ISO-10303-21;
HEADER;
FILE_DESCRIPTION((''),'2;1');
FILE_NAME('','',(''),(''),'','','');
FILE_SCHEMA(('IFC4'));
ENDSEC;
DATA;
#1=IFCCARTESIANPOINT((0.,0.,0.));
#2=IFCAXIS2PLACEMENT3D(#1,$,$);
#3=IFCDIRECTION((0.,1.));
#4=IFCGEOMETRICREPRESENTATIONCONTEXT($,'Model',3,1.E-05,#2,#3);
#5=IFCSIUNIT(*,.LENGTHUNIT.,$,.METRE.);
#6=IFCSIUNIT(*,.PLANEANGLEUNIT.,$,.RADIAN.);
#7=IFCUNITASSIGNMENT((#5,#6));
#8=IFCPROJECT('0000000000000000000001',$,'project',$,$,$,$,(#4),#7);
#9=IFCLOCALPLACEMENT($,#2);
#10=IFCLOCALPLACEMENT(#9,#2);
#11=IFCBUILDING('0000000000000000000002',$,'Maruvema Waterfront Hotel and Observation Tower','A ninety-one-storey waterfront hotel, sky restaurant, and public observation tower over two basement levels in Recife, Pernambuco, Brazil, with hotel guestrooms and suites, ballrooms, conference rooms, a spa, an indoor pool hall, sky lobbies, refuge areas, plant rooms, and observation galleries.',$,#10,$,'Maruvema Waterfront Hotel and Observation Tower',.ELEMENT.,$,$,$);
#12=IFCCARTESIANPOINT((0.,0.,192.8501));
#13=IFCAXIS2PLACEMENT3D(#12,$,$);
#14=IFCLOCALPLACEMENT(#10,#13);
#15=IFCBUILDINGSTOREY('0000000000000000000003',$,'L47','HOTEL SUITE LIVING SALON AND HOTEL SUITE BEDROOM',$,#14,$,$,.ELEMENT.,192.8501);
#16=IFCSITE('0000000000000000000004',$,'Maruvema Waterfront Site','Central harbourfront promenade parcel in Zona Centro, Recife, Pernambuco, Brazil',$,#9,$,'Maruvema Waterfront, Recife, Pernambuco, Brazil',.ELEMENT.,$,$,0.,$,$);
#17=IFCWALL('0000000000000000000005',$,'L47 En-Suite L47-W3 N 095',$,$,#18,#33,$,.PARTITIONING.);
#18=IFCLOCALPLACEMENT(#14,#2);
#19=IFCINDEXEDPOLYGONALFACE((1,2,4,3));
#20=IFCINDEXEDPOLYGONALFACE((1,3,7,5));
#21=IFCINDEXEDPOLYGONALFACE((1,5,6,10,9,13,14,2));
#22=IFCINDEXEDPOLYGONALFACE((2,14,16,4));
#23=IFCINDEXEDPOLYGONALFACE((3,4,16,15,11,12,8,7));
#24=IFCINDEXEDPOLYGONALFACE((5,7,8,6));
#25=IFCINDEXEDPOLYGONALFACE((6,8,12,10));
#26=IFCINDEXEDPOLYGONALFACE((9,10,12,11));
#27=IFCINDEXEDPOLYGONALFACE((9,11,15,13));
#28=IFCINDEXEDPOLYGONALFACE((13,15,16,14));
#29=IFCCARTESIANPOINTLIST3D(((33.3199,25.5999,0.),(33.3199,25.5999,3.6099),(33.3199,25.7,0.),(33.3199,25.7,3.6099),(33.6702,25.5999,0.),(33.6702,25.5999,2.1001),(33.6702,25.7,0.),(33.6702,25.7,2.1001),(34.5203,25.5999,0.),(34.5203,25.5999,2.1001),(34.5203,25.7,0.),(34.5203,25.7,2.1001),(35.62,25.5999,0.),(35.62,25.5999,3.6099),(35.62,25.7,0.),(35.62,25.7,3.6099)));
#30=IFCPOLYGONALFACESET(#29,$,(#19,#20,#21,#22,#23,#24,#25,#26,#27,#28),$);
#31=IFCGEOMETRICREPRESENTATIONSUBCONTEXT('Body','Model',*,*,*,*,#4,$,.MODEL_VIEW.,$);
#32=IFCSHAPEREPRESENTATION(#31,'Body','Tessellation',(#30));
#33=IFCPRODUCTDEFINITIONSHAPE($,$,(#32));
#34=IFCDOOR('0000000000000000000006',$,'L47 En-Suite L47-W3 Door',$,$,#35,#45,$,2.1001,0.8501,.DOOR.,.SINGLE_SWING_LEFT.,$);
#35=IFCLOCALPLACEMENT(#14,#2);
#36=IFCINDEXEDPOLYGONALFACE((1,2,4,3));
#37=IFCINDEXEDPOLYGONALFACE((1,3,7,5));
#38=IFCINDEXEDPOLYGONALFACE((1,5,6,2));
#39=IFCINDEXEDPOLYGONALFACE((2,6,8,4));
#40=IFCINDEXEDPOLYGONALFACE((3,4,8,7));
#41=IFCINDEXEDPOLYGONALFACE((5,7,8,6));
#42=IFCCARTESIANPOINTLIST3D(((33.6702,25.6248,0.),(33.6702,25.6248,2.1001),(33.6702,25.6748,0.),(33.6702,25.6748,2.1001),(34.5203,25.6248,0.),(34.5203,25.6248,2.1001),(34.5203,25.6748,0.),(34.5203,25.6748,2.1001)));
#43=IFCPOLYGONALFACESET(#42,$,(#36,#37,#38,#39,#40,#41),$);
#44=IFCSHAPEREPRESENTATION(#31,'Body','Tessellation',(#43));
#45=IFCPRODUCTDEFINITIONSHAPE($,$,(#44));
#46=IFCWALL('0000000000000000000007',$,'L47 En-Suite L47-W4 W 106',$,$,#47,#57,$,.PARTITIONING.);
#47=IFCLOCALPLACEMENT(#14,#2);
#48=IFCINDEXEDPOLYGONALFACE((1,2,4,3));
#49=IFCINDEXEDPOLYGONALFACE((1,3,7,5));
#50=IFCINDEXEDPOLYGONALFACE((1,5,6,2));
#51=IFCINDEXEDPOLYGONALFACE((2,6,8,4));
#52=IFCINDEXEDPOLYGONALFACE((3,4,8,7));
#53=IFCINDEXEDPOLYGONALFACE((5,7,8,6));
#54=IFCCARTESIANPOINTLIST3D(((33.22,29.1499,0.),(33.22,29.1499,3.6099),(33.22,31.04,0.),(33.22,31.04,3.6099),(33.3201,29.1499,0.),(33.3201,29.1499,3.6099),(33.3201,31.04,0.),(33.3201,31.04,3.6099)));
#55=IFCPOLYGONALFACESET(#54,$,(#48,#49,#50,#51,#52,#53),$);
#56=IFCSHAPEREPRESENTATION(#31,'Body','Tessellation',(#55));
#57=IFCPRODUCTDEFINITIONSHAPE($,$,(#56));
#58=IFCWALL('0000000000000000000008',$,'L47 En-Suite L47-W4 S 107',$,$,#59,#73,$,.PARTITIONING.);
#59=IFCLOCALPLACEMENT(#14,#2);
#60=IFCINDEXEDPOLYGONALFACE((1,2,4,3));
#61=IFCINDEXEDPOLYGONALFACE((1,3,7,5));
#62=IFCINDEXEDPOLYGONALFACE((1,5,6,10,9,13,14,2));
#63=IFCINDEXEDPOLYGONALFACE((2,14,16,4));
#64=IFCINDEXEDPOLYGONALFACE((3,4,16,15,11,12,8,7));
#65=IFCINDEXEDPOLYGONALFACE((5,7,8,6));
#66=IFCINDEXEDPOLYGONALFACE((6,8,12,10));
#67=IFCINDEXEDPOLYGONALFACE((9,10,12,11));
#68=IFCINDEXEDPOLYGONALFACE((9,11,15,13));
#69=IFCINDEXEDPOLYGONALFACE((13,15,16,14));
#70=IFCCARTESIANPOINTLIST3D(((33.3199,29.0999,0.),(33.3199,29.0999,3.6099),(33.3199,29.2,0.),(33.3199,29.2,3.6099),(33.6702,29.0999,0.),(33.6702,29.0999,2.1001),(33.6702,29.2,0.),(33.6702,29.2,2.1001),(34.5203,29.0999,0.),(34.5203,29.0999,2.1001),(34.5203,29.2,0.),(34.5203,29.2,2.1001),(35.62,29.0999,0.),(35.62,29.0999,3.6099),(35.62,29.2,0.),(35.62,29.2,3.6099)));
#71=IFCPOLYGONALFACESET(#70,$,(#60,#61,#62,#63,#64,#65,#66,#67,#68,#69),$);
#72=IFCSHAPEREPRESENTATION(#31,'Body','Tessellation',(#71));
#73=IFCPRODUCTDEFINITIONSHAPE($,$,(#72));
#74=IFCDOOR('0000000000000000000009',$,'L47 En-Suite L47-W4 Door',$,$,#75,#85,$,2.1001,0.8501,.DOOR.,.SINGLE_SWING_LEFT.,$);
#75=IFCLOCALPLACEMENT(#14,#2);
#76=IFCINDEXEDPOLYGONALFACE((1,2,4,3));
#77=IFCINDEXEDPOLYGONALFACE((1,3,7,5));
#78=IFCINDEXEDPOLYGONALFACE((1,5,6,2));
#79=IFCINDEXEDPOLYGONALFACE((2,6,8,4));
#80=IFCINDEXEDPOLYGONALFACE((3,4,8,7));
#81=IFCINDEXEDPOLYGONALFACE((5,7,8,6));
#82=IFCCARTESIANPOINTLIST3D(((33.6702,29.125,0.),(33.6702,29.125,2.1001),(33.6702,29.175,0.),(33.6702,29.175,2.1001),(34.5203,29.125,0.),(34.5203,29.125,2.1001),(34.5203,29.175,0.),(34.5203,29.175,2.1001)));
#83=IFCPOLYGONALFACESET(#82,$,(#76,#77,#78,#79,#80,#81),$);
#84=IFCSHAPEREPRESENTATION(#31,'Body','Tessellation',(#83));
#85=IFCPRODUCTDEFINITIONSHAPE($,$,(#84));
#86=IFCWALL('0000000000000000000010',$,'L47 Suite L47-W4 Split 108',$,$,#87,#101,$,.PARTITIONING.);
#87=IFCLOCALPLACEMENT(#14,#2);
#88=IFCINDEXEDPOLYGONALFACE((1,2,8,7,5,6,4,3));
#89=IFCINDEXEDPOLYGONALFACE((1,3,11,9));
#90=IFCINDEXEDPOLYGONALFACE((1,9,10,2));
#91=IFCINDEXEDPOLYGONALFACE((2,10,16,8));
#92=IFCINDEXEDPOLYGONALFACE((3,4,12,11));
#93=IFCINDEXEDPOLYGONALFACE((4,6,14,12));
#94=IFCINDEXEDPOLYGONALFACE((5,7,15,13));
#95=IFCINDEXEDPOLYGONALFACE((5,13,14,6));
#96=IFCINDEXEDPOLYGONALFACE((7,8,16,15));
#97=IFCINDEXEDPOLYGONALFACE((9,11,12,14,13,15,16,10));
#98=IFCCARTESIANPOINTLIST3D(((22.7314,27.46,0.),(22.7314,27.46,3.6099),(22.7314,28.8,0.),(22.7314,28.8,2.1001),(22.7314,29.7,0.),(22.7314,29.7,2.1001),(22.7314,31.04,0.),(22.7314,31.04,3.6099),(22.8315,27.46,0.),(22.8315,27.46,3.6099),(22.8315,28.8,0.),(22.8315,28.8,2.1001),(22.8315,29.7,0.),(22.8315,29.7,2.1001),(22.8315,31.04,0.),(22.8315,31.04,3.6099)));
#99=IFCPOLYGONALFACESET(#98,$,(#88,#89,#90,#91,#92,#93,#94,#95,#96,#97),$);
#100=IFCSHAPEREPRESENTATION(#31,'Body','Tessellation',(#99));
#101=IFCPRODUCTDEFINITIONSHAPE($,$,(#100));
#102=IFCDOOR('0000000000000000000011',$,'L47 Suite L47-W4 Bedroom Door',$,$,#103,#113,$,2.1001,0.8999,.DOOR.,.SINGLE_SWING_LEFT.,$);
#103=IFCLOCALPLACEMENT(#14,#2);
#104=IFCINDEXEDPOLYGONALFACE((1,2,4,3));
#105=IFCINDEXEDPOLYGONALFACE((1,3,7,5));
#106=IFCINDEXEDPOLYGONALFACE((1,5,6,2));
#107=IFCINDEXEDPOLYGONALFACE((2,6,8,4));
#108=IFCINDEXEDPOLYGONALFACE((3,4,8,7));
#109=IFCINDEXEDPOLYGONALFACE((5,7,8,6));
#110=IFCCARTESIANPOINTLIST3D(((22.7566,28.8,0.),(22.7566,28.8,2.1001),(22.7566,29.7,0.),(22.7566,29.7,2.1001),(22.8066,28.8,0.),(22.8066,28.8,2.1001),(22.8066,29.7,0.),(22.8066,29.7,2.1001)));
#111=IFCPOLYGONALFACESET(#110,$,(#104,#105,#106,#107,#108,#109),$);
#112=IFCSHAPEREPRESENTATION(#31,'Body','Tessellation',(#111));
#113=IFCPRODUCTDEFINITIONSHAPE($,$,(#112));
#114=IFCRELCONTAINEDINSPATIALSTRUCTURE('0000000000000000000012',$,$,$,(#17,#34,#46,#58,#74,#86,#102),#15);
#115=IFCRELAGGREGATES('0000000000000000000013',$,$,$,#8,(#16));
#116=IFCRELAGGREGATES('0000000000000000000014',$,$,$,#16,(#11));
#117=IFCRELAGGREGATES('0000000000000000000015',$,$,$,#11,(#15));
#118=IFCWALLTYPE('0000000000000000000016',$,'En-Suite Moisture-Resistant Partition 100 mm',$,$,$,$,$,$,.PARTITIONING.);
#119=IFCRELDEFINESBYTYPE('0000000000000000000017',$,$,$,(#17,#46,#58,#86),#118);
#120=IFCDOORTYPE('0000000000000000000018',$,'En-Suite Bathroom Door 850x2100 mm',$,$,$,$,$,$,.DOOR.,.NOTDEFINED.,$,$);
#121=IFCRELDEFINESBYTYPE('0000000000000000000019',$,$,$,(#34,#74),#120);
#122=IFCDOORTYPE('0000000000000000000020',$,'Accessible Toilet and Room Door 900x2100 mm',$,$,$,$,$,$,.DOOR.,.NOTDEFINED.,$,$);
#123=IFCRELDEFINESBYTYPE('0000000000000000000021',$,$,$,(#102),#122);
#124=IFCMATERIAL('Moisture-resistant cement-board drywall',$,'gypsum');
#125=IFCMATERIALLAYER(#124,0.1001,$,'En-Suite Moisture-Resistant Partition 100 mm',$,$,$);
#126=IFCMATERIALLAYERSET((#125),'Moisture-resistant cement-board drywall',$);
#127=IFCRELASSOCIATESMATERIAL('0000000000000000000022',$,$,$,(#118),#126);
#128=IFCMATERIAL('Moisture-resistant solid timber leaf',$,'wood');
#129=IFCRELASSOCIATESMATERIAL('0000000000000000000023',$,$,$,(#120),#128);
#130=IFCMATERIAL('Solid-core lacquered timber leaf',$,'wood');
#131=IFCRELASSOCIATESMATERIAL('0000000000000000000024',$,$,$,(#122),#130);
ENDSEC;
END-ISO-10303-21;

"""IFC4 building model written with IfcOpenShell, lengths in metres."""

from ifc_helpers import new_model, si_unit, direction, frame, frame_2d, origin, place, context, subcontext, project, spatial, rectangle, extrude, material, layer, layer_set, type_object, element, fill, save


model = new_model("IFC4")

# Units and contexts
model_context = context("Model", 3, precision=1e-05, world=origin(), true_north=direction((0.0, 1.0)))
body_context = subcontext(model_context, "Body", "Model", "MODEL_VIEW")
ifc_project = project(units=[si_unit("LENGTHUNIT", "METRE"), si_unit("PLANEANGLEUNIT", "RADIAN")], contexts=[model_context])

# Site, building, storey
site_placement = place(None, origin())
site = spatial("IfcSite", under=ifc_project, at=site_placement, Name="Maruvema Waterfront Site", Description="Central harbourfront promenade parcel in Zona Centro, Recife, Pernambuco, Brazil", LongName="Maruvema Waterfront, Recife, Pernambuco, Brazil", CompositionType="ELEMENT", RefElevation=0.0)
building_placement = place(site_placement, origin())
building = spatial("IfcBuilding", under=site, at=building_placement, Name="Maruvema Waterfront Hotel and Observation Tower", Description="A ninety-one-storey waterfront hotel, sky restaurant, and public observation tower over two basement levels in Recife, Pernambuco, Brazil, with hotel guestrooms and suites, ballrooms, conference rooms, a spa, an indoor pool hall, sky lobbies, refuge areas, plant rooms, and observation galleries.", LongName="Maruvema Waterfront Hotel and Observation Tower", CompositionType="ELEMENT")
storey_placement = place(building_placement, frame((0.0, 0.0, 192.8501)))
storey = spatial("IfcBuildingStorey", under=building, at=storey_placement, Name="L47", Description="HOTEL SUITE LIVING SALON AND HOTEL SUITE BEDROOM", CompositionType="ELEMENT", Elevation=192.8501)

# Shared definitions
ifc_material_1 = material(Name="Moisture-resistant cement-board drywall", Category="gypsum")
ifc_layer_1 = layer(ifc_material_1, 0.1001, Name="En-Suite Moisture-Resistant Partition 100 mm")
ifc_layer_set_1 = layer_set([ifc_layer_1], Name="Moisture-resistant cement-board drywall")
wall_type_1 = type_object("IfcWallType", Name="En-Suite Moisture-Resistant Partition 100 mm", PredefinedType="PARTITIONING", material=ifc_layer_set_1)
ifc_material_2 = material(Name="Moisture-resistant solid timber leaf", Category="wood")
door_type_1 = type_object("IfcDoorType", Name="En-Suite Bathroom Door 850x2100 mm", OperationType="NOTDEFINED", PredefinedType="DOOR", material=ifc_material_2)

# Wall, opening, door
wall_1_placement = place(storey_placement, frame((33.3201, 25.6499, 0.0), z_axis=(0.0, 0.0, 1.0), x_axis=(1.0, 0.0, 0.0)))
wall_1 = element("IfcWall", 1, at=wall_1_placement, inside=storey, type_object=wall_type_1, Name="L47 En-Suite L47-W3 N 095", PredefinedType="PARTITIONING", context=body_context, shape_type="SweptSolid", body=[
    extrude(rectangle(XDim=2.3, YDim=0.1001, at=frame_2d((1.1499, 0.0))), origin(), (0.0, 0.0, 1.0), 3.6099),
])
opening_1_placement = place(wall_1_placement, frame((0.3501, 0.0, 0.0)))
opening_1 = element("IfcOpeningElement", 2, at=opening_1_placement, cuts=wall_1, PredefinedType="OPENING", context=body_context, shape_type="SweptSolid", body=[
    extrude(rectangle(XDim=0.8501, YDim=2.1001, at=frame_2d((0.425, 1.05))), frame((0.0, 0.0601, 0.0), z_axis=(0.0, -1.0, 0.0), x_axis=(1.0, 0.0, 0.0)), (0.0, 0.0, 1.0), 0.1201),
])
door_1_placement = place(opening_1_placement, origin())
door_1 = element("IfcDoor", 3, at=door_1_placement, inside=storey, type_object=door_type_1, Name="L47 En-Suite L47-W3 Door", OperationType="SINGLE_SWING_LEFT", OverallHeight=2.1001, OverallWidth=0.8501, PredefinedType="DOOR", context=body_context, shape_type="SweptSolid", body=[
    extrude(rectangle(XDim=0.8501, YDim=2.1001, at=frame_2d((0.425, 1.05))), frame((0.0, 0.0249, 0.0), z_axis=(0.0, -1.0, 0.0), x_axis=(1.0, 0.0, 0.0)), (0.0, 0.0, 1.0), 0.05),
])
fill(opening_1, door_1)

# Wall
wall_2_placement = place(storey_placement, frame((33.27, 29.1499, 0.0), z_axis=(0.0, 0.0, 1.0), x_axis=(0.0, 1.0, 0.0)))
element("IfcWall", 4, at=wall_2_placement, inside=storey, type_object=wall_type_1, Name="L47 En-Suite L47-W4 W 106", PredefinedType="PARTITIONING", context=body_context, shape_type="SweptSolid", body=[
    extrude(rectangle(XDim=1.8901, YDim=0.1001, at=frame_2d((0.9451, 0.0))), origin(), (0.0, 0.0, 1.0), 3.6099),
])

# Walls, openings, doors
wall_3_placement = place(storey_placement, frame((33.3201, 29.1499, 0.0), z_axis=(0.0, 0.0, 1.0), x_axis=(1.0, 0.0, 0.0)))
wall_3 = element("IfcWall", 5, at=wall_3_placement, inside=storey, type_object=wall_type_1, Name="L47 En-Suite L47-W4 S 107", PredefinedType="PARTITIONING", context=body_context, shape_type="SweptSolid", body=[
    extrude(rectangle(XDim=2.3, YDim=0.1001, at=frame_2d((1.1499, 0.0))), origin(), (0.0, 0.0, 1.0), 3.6099),
])
opening_2_placement = place(wall_3_placement, frame((0.3501, 0.0, 0.0)))
opening_2 = element("IfcOpeningElement", 6, at=opening_2_placement, cuts=wall_3, PredefinedType="OPENING", context=body_context, shape_type="SweptSolid", body=[
    extrude(rectangle(XDim=0.8501, YDim=2.1001, at=frame_2d((0.425, 1.05))), frame((0.0, 0.0601, 0.0), z_axis=(0.0, -1.0, 0.0), x_axis=(1.0, 0.0, 0.0)), (0.0, 0.0, 1.0), 0.1201),
])
door_2_placement = place(opening_2_placement, frame((0.8501, 0.0, 0.0), z_axis=(0.0, 0.0, 1.0), x_axis=(-1.0, 0.0, 0.0)))
door_2 = element("IfcDoor", 7, at=door_2_placement, inside=storey, type_object=door_type_1, Name="L47 En-Suite L47-W4 Door", OperationType="SINGLE_SWING_LEFT", OverallHeight=2.1001, OverallWidth=0.8501, PredefinedType="DOOR", context=body_context, shape_type="SweptSolid", body=[
    extrude(rectangle(XDim=0.8501, YDim=2.1001, at=frame_2d((0.425, 1.05))), frame((0.0, 0.0249, 0.0), z_axis=(0.0, -1.0, 0.0), x_axis=(1.0, 0.0, 0.0)), (0.0, 0.0, 1.0), 0.05),
])
fill(opening_2, door_2)
wall_4_placement = place(storey_placement, frame((22.7815, 27.46, 0.0), z_axis=(0.0, 0.0, 1.0), x_axis=(0.0, 1.0, 0.0)))
wall_4 = element("IfcWall", 8, at=wall_4_placement, inside=storey, type_object=wall_type_1, Name="L47 Suite L47-W4 Split 108", PredefinedType="PARTITIONING", context=body_context, shape_type="SweptSolid", body=[
    extrude(rectangle(XDim=3.5801, YDim=0.1001, at=frame_2d((1.79, 0.0))), origin(), (0.0, 0.0, 1.0), 3.6099),
])
opening_3_placement = place(wall_4_placement, frame((1.3401, 0.0, 0.0)))
opening_3 = element("IfcOpeningElement", 9, at=opening_3_placement, cuts=wall_4, PredefinedType="OPENING", context=body_context, shape_type="SweptSolid", body=[
    extrude(rectangle(XDim=0.8999, YDim=2.1001, at=frame_2d((0.45, 1.05))), frame((0.0, 0.0601, 0.0), z_axis=(0.0, -1.0, 0.0), x_axis=(1.0, 0.0, 0.0)), (0.0, 0.0, 1.0), 0.1201),
])
ifc_material_3 = material(Name="Solid-core lacquered timber leaf", Category="wood")
door_type_2 = type_object("IfcDoorType", Name="Accessible Toilet and Room Door 900x2100 mm", OperationType="NOTDEFINED", PredefinedType="DOOR", material=ifc_material_3)
door_3_placement = place(opening_3_placement, origin())
door_3 = element("IfcDoor", 10, at=door_3_placement, inside=storey, type_object=door_type_2, Name="L47 Suite L47-W4 Bedroom Door", OperationType="SINGLE_SWING_LEFT", OverallHeight=2.1001, OverallWidth=0.8999, PredefinedType="DOOR", context=body_context, shape_type="SweptSolid", body=[
    extrude(rectangle(XDim=0.8999, YDim=2.1001, at=frame_2d((0.45, 1.05))), frame((0.0, 0.0249, 0.0), z_axis=(0.0, -1.0, 0.0), x_axis=(1.0, 0.0, 0.0)), (0.0, 0.0, 1.0), 0.05),
])
fill(opening_3, door_3)

save(model, "model.ifc")
